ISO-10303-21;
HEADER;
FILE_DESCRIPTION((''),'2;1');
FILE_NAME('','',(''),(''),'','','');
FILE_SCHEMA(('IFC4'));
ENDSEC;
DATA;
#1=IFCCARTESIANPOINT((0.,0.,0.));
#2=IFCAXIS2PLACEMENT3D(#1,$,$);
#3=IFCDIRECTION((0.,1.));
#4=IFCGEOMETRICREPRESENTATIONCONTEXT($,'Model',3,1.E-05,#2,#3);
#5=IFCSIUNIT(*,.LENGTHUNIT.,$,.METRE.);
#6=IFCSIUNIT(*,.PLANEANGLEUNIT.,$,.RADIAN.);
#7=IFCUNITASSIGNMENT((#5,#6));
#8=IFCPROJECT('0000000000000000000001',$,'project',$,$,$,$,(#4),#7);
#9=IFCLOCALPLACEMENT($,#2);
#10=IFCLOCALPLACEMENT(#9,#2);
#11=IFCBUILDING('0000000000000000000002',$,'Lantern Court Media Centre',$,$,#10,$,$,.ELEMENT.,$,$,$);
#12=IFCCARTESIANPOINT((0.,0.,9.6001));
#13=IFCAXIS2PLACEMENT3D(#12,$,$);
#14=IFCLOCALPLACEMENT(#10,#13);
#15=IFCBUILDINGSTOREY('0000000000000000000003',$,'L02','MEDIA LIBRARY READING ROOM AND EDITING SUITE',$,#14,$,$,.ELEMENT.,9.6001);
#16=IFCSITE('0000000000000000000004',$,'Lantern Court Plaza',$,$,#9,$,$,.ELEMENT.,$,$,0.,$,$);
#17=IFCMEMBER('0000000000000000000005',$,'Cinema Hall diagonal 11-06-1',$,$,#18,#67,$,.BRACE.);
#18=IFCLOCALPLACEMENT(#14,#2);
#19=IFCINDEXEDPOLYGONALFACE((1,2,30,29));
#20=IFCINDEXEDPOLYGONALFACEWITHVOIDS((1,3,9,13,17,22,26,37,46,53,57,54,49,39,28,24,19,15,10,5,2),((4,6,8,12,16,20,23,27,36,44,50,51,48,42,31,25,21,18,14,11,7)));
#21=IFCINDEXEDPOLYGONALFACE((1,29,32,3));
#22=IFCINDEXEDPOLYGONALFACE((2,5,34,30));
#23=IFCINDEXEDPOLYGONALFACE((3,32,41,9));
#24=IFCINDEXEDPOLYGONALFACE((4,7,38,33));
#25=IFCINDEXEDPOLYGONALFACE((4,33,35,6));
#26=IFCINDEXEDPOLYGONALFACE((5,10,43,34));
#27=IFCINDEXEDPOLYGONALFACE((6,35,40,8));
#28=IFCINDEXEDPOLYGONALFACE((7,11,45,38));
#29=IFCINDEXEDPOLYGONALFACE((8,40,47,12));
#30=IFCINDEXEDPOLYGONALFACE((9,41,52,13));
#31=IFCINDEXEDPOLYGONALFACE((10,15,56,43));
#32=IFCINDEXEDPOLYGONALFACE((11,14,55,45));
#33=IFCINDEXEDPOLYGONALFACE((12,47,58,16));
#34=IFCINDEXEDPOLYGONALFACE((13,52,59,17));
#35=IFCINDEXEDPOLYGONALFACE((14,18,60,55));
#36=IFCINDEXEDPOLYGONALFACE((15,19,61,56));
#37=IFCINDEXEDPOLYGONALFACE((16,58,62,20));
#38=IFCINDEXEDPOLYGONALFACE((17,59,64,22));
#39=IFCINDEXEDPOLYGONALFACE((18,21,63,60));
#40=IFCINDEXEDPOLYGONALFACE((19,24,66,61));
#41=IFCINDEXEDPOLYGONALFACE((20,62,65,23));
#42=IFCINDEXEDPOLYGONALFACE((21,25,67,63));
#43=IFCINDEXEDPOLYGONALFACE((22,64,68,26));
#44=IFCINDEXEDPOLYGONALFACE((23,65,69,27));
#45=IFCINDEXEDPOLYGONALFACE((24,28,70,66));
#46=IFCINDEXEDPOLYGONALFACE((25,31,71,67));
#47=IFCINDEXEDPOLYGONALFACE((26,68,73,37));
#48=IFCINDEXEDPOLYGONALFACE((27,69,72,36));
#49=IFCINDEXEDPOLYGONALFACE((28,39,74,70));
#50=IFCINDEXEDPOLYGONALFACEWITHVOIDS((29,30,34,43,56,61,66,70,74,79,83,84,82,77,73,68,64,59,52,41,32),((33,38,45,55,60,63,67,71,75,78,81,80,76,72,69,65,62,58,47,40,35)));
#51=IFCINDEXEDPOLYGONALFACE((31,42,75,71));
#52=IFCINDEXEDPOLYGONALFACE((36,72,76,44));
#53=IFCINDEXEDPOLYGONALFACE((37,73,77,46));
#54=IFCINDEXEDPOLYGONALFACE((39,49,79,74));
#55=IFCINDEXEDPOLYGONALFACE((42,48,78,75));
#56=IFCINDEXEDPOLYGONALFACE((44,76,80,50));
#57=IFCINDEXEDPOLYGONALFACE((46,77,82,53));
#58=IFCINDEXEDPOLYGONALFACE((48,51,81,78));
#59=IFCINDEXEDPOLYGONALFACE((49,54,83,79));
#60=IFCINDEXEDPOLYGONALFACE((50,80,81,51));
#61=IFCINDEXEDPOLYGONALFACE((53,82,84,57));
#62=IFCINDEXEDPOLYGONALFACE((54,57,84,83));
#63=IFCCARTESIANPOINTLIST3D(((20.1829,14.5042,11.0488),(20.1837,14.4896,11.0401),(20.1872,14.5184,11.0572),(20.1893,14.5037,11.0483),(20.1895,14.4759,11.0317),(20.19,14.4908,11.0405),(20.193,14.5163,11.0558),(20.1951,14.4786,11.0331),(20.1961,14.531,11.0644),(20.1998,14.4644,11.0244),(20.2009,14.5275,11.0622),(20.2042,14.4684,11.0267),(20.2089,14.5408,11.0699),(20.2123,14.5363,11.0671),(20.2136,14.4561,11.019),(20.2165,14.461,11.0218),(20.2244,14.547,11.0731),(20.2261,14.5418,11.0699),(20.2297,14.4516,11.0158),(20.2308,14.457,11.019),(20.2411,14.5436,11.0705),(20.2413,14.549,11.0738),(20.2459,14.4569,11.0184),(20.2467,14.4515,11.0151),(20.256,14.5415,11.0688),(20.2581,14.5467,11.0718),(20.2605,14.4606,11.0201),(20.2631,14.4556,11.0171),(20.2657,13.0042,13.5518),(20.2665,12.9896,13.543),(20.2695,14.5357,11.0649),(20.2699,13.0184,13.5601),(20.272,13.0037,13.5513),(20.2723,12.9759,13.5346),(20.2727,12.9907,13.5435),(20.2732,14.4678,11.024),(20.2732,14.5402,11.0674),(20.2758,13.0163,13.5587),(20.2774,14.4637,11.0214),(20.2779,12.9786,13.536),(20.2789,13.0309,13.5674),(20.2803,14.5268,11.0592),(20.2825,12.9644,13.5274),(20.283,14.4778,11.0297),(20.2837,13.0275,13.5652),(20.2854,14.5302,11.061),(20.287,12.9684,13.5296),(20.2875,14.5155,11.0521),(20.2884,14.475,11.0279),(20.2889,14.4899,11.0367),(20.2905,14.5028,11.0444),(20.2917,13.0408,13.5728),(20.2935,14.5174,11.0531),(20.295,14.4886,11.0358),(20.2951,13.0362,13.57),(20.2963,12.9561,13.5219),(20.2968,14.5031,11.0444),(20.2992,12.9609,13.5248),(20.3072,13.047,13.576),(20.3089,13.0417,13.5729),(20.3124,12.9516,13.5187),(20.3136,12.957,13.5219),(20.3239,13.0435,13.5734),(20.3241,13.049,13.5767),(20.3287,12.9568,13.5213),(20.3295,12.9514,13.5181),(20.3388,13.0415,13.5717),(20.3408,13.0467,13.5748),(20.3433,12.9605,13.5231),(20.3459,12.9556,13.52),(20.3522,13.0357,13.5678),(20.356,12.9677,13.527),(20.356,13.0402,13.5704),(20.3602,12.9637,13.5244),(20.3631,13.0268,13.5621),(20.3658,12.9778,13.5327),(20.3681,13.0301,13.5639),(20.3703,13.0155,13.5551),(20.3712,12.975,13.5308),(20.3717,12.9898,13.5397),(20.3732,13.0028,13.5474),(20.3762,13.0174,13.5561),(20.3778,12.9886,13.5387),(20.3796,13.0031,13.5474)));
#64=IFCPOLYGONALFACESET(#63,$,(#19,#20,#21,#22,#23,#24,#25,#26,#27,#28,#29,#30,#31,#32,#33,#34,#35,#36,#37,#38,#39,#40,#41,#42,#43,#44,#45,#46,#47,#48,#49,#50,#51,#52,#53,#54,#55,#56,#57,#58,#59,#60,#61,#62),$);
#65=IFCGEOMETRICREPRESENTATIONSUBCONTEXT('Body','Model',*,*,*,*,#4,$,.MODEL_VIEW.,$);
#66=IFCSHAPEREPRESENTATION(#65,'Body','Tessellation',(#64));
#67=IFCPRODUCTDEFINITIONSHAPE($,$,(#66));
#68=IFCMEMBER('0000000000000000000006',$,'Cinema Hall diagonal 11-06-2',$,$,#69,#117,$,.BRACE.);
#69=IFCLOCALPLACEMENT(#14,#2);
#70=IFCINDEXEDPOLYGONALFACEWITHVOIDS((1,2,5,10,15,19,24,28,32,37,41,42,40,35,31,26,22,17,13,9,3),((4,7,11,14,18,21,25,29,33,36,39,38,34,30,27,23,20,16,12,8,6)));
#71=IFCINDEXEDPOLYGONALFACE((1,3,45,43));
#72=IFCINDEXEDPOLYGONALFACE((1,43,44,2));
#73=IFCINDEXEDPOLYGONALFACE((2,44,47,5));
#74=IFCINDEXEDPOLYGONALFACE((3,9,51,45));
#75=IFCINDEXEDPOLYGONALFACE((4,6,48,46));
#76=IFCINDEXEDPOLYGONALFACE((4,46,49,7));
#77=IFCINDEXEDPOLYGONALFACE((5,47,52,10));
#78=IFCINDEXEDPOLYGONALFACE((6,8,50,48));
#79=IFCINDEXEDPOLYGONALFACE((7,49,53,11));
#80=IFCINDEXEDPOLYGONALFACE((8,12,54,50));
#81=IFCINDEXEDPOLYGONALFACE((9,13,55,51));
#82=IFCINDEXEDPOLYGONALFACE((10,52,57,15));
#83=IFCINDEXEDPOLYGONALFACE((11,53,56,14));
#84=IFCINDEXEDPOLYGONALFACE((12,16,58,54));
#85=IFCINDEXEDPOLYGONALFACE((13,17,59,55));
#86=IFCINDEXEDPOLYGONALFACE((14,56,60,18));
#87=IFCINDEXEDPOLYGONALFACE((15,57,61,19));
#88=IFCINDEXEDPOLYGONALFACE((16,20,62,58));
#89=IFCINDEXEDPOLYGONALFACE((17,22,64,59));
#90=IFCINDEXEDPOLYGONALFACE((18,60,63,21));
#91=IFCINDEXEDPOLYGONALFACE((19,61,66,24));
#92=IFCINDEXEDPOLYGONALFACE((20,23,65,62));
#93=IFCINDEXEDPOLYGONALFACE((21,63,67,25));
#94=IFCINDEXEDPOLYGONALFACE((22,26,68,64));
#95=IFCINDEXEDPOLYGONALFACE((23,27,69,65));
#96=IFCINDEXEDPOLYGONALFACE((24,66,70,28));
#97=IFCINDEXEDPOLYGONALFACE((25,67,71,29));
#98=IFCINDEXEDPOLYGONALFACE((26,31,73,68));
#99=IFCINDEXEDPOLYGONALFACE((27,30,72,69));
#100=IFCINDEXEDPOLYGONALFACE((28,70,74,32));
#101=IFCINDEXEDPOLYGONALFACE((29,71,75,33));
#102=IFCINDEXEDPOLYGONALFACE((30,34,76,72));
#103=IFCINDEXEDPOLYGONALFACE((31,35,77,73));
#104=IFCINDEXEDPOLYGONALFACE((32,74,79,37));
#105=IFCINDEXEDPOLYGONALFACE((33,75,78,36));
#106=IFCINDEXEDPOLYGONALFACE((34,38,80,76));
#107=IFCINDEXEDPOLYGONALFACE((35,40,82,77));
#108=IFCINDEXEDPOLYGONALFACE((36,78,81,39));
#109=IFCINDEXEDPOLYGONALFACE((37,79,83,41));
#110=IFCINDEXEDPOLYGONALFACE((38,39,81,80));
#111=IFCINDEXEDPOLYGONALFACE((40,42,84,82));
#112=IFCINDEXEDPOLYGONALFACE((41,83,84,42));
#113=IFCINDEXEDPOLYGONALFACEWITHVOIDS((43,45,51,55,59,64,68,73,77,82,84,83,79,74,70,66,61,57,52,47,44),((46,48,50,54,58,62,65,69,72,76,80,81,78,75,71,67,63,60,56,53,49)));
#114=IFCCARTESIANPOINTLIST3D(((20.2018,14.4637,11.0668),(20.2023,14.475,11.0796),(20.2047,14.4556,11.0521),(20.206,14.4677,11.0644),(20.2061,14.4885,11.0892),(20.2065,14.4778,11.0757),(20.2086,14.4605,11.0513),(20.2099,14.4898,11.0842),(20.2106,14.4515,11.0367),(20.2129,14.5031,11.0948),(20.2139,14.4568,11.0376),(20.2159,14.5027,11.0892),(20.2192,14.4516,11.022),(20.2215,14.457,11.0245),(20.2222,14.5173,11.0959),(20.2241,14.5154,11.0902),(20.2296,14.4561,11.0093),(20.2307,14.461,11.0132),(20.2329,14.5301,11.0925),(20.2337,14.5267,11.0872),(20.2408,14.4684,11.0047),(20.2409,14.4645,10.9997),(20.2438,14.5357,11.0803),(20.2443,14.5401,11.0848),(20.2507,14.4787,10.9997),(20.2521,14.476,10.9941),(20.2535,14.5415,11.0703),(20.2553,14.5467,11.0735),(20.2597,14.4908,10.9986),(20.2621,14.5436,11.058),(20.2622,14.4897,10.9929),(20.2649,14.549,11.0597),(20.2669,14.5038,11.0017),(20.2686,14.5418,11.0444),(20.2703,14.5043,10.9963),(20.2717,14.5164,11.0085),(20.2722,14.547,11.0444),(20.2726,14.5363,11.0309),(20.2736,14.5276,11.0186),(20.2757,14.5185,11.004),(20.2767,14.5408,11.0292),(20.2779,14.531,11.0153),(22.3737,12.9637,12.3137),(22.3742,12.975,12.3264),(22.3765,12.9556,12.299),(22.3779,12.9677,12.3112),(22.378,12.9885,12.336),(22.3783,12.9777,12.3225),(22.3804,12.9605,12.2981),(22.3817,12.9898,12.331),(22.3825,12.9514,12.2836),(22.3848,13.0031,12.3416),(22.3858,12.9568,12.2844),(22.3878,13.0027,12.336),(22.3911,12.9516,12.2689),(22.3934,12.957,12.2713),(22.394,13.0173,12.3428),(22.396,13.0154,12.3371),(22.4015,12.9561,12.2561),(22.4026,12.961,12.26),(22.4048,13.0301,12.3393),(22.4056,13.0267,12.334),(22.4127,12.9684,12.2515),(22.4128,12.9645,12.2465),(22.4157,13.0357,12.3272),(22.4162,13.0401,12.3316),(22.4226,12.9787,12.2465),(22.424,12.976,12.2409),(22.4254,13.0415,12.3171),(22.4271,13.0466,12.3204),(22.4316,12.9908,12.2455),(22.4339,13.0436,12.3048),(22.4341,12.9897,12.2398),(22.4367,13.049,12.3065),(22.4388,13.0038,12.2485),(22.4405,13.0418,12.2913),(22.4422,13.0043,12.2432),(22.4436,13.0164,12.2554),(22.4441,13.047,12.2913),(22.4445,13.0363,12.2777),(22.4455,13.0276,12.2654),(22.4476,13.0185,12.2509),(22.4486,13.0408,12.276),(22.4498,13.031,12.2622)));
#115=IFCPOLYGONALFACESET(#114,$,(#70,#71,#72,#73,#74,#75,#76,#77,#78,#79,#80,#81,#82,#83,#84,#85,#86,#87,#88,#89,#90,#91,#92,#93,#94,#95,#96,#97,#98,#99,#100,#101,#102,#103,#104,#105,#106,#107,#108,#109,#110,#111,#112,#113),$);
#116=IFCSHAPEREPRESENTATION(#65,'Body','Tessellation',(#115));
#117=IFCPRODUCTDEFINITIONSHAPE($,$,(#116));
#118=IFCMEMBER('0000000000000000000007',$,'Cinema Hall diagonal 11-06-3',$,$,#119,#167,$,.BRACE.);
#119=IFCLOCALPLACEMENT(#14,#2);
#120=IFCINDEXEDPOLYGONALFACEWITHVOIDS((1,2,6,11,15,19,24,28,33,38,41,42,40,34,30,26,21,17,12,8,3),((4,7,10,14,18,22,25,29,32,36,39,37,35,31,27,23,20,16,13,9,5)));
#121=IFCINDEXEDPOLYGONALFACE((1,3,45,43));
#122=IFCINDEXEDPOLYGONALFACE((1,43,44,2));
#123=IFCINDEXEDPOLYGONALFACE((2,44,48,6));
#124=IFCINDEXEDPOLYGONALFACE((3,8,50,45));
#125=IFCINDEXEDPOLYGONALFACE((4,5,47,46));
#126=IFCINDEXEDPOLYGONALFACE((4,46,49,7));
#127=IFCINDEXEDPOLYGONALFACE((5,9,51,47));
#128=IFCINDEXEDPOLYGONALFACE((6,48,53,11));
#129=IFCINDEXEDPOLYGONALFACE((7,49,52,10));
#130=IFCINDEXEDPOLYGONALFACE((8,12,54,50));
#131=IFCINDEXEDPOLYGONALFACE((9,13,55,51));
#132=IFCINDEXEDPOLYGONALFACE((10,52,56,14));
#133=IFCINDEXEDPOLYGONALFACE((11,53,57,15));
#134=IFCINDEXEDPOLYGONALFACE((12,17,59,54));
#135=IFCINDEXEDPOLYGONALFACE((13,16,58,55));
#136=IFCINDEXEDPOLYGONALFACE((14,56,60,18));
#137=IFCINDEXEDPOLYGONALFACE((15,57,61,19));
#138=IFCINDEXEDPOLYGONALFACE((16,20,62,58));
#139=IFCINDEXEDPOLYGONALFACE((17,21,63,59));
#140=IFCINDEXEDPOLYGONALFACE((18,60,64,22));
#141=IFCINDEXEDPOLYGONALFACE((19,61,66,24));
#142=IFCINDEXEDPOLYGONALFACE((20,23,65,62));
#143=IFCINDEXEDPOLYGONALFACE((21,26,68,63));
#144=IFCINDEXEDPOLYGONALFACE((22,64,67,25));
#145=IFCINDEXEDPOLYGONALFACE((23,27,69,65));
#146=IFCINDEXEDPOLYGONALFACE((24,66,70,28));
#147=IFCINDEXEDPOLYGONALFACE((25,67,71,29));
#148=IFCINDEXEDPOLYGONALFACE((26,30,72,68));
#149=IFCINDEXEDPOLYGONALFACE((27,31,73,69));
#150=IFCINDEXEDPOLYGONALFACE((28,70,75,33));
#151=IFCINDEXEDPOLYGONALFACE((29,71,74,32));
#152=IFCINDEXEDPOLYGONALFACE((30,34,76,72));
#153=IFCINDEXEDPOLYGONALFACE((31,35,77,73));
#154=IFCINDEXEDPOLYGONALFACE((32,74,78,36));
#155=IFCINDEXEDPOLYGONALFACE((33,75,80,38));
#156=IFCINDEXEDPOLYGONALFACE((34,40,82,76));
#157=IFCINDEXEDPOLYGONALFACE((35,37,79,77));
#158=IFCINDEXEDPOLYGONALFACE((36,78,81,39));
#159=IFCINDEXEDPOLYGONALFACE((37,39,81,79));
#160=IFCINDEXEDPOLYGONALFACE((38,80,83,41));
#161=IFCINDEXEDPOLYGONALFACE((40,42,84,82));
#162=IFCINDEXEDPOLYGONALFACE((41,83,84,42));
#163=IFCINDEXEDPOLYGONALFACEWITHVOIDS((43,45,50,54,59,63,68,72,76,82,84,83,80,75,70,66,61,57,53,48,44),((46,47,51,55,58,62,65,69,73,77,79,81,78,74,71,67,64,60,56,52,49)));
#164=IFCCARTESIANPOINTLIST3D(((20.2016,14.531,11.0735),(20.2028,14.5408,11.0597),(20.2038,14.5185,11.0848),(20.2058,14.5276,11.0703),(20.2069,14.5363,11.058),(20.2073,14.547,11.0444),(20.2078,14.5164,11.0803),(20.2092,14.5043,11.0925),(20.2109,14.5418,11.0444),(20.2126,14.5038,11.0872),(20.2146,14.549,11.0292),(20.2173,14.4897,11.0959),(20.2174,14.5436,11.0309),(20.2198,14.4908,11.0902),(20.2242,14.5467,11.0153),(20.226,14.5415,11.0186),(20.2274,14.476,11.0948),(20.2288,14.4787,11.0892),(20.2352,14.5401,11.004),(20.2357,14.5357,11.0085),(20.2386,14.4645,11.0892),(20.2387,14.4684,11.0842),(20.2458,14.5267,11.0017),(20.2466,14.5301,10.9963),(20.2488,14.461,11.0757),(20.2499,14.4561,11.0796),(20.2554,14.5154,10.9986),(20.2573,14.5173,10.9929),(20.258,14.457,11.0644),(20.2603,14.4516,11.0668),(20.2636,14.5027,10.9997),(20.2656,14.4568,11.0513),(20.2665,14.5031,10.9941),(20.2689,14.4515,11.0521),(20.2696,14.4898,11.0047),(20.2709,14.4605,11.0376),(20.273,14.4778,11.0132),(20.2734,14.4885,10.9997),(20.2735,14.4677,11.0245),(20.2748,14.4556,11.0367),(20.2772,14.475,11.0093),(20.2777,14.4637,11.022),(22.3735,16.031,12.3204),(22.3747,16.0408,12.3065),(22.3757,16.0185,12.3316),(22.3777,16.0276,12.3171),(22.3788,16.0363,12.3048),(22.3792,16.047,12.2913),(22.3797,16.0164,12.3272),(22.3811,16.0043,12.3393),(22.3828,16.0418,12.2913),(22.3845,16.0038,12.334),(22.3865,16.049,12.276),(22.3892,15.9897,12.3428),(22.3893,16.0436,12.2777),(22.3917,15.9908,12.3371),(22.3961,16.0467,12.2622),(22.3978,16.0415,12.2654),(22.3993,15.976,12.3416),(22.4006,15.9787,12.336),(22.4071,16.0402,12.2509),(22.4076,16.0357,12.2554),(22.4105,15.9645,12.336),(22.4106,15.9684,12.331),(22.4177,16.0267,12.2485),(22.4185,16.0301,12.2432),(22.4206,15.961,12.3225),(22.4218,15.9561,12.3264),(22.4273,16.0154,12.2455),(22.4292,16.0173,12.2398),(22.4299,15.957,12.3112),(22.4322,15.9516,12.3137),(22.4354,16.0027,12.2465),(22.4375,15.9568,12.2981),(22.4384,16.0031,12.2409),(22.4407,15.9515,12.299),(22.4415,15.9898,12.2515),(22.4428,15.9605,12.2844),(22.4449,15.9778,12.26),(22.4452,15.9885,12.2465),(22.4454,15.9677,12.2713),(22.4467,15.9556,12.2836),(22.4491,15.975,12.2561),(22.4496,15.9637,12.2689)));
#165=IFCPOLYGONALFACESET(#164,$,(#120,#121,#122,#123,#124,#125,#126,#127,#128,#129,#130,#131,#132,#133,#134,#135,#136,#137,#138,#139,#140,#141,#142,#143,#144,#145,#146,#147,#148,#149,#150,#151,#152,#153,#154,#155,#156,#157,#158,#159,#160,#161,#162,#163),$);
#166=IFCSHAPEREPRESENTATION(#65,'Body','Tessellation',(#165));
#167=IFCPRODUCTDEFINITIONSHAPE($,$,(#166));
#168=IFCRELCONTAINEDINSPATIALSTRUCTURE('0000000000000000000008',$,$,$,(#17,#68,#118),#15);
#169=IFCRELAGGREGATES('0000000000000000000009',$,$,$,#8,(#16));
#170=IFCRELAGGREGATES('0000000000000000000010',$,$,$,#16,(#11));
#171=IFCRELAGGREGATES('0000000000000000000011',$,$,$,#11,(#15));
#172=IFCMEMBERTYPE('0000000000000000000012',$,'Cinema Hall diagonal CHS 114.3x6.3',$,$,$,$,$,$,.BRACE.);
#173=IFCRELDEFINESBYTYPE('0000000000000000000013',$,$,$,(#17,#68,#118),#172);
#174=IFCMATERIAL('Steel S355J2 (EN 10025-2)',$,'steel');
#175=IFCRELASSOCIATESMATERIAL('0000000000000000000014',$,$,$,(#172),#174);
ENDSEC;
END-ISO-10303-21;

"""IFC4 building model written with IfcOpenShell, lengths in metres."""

from ifc_helpers import new_model, si_unit, direction, frame, origin, origin_2d, place, context, subcontext, project, spatial, hollow_circle, extrude, material, material_profile, profile_set, type_object, element, save


model = new_model("IFC4")

# Units and contexts
model_context = context("Model", 3, precision=1e-05, world=origin(), true_north=direction((0.0, 1.0)))
body_context = subcontext(model_context, "Body", "Model", "MODEL_VIEW")
ifc_project = project(units=[si_unit("LENGTHUNIT", "METRE"), si_unit("PLANEANGLEUNIT", "RADIAN")], contexts=[model_context])

# Site, building, storey
site_placement = place(None, origin())
site = spatial("IfcSite", under=ifc_project, at=site_placement, Name="Lantern Court Plaza", CompositionType="ELEMENT", RefElevation=0.0)
building_placement = place(site_placement, origin())
building = spatial("IfcBuilding", under=site, at=building_placement, Name="Lantern Court Media Centre", CompositionType="ELEMENT")
storey_placement = place(building_placement, frame((0.0, 0.0, 9.6001)))
storey = spatial("IfcBuildingStorey", under=building, at=storey_placement, Name="L02", Description="MEDIA LIBRARY READING ROOM AND EDITING SUITE", CompositionType="ELEMENT", Elevation=9.6001)

# Members
ifc_material = material(Name="Steel S355J2 (EN 10025-2)", Category="steel")
ifc_material_profile_1 = material_profile(ifc_material, hollow_circle(Radius=0.0571, WallThickness=0.0063, at=origin_2d()), Name="Cinema Hall diagonal CHS 114.3x6.3")
ifc_profile_set_1 = profile_set([ifc_material_profile_1], Name="Steel S355J2 (EN 10025-2)")
member_type_1 = type_object("IfcMemberType", Name="Cinema Hall diagonal CHS 114.3x6.3", PredefinedType="BRACE", material=ifc_profile_set_1)
for number, where, z_axis, x_axis, name in (
    (1, (20.2397, 14.5, 11.0444), (0.028352, -0.513846, 0.857414), (0.998481, 0.055092, 0.0), "Cinema Hall diagonal 11-06-1"),
    (2, (20.2397, 14.5, 11.0444), (0.744002, -0.513843, 0.427115), (0.568286, 0.822831, 0.0), "Cinema Hall diagonal 11-06-2"),
    (3, (20.2397, 14.5, 11.0444), (0.744002, 0.513843, 0.427115), (-0.568286, 0.822831, 0.0), "Cinema Hall diagonal 11-06-3"),
):
    element("IfcMember", number, at=place(storey_placement, frame(where, z_axis=z_axis, x_axis=x_axis)), inside=storey, type_object=member_type_1, Name=name, PredefinedType="BRACE", context=body_context, shape_type="SweptSolid", body=[
        extrude(hollow_circle(Radius=0.0571, WallThickness=0.0063, at=origin_2d()), origin(), (0.0, 0.0, 1.0), 2.9192),
    ])

save(model, "model.ifc")
